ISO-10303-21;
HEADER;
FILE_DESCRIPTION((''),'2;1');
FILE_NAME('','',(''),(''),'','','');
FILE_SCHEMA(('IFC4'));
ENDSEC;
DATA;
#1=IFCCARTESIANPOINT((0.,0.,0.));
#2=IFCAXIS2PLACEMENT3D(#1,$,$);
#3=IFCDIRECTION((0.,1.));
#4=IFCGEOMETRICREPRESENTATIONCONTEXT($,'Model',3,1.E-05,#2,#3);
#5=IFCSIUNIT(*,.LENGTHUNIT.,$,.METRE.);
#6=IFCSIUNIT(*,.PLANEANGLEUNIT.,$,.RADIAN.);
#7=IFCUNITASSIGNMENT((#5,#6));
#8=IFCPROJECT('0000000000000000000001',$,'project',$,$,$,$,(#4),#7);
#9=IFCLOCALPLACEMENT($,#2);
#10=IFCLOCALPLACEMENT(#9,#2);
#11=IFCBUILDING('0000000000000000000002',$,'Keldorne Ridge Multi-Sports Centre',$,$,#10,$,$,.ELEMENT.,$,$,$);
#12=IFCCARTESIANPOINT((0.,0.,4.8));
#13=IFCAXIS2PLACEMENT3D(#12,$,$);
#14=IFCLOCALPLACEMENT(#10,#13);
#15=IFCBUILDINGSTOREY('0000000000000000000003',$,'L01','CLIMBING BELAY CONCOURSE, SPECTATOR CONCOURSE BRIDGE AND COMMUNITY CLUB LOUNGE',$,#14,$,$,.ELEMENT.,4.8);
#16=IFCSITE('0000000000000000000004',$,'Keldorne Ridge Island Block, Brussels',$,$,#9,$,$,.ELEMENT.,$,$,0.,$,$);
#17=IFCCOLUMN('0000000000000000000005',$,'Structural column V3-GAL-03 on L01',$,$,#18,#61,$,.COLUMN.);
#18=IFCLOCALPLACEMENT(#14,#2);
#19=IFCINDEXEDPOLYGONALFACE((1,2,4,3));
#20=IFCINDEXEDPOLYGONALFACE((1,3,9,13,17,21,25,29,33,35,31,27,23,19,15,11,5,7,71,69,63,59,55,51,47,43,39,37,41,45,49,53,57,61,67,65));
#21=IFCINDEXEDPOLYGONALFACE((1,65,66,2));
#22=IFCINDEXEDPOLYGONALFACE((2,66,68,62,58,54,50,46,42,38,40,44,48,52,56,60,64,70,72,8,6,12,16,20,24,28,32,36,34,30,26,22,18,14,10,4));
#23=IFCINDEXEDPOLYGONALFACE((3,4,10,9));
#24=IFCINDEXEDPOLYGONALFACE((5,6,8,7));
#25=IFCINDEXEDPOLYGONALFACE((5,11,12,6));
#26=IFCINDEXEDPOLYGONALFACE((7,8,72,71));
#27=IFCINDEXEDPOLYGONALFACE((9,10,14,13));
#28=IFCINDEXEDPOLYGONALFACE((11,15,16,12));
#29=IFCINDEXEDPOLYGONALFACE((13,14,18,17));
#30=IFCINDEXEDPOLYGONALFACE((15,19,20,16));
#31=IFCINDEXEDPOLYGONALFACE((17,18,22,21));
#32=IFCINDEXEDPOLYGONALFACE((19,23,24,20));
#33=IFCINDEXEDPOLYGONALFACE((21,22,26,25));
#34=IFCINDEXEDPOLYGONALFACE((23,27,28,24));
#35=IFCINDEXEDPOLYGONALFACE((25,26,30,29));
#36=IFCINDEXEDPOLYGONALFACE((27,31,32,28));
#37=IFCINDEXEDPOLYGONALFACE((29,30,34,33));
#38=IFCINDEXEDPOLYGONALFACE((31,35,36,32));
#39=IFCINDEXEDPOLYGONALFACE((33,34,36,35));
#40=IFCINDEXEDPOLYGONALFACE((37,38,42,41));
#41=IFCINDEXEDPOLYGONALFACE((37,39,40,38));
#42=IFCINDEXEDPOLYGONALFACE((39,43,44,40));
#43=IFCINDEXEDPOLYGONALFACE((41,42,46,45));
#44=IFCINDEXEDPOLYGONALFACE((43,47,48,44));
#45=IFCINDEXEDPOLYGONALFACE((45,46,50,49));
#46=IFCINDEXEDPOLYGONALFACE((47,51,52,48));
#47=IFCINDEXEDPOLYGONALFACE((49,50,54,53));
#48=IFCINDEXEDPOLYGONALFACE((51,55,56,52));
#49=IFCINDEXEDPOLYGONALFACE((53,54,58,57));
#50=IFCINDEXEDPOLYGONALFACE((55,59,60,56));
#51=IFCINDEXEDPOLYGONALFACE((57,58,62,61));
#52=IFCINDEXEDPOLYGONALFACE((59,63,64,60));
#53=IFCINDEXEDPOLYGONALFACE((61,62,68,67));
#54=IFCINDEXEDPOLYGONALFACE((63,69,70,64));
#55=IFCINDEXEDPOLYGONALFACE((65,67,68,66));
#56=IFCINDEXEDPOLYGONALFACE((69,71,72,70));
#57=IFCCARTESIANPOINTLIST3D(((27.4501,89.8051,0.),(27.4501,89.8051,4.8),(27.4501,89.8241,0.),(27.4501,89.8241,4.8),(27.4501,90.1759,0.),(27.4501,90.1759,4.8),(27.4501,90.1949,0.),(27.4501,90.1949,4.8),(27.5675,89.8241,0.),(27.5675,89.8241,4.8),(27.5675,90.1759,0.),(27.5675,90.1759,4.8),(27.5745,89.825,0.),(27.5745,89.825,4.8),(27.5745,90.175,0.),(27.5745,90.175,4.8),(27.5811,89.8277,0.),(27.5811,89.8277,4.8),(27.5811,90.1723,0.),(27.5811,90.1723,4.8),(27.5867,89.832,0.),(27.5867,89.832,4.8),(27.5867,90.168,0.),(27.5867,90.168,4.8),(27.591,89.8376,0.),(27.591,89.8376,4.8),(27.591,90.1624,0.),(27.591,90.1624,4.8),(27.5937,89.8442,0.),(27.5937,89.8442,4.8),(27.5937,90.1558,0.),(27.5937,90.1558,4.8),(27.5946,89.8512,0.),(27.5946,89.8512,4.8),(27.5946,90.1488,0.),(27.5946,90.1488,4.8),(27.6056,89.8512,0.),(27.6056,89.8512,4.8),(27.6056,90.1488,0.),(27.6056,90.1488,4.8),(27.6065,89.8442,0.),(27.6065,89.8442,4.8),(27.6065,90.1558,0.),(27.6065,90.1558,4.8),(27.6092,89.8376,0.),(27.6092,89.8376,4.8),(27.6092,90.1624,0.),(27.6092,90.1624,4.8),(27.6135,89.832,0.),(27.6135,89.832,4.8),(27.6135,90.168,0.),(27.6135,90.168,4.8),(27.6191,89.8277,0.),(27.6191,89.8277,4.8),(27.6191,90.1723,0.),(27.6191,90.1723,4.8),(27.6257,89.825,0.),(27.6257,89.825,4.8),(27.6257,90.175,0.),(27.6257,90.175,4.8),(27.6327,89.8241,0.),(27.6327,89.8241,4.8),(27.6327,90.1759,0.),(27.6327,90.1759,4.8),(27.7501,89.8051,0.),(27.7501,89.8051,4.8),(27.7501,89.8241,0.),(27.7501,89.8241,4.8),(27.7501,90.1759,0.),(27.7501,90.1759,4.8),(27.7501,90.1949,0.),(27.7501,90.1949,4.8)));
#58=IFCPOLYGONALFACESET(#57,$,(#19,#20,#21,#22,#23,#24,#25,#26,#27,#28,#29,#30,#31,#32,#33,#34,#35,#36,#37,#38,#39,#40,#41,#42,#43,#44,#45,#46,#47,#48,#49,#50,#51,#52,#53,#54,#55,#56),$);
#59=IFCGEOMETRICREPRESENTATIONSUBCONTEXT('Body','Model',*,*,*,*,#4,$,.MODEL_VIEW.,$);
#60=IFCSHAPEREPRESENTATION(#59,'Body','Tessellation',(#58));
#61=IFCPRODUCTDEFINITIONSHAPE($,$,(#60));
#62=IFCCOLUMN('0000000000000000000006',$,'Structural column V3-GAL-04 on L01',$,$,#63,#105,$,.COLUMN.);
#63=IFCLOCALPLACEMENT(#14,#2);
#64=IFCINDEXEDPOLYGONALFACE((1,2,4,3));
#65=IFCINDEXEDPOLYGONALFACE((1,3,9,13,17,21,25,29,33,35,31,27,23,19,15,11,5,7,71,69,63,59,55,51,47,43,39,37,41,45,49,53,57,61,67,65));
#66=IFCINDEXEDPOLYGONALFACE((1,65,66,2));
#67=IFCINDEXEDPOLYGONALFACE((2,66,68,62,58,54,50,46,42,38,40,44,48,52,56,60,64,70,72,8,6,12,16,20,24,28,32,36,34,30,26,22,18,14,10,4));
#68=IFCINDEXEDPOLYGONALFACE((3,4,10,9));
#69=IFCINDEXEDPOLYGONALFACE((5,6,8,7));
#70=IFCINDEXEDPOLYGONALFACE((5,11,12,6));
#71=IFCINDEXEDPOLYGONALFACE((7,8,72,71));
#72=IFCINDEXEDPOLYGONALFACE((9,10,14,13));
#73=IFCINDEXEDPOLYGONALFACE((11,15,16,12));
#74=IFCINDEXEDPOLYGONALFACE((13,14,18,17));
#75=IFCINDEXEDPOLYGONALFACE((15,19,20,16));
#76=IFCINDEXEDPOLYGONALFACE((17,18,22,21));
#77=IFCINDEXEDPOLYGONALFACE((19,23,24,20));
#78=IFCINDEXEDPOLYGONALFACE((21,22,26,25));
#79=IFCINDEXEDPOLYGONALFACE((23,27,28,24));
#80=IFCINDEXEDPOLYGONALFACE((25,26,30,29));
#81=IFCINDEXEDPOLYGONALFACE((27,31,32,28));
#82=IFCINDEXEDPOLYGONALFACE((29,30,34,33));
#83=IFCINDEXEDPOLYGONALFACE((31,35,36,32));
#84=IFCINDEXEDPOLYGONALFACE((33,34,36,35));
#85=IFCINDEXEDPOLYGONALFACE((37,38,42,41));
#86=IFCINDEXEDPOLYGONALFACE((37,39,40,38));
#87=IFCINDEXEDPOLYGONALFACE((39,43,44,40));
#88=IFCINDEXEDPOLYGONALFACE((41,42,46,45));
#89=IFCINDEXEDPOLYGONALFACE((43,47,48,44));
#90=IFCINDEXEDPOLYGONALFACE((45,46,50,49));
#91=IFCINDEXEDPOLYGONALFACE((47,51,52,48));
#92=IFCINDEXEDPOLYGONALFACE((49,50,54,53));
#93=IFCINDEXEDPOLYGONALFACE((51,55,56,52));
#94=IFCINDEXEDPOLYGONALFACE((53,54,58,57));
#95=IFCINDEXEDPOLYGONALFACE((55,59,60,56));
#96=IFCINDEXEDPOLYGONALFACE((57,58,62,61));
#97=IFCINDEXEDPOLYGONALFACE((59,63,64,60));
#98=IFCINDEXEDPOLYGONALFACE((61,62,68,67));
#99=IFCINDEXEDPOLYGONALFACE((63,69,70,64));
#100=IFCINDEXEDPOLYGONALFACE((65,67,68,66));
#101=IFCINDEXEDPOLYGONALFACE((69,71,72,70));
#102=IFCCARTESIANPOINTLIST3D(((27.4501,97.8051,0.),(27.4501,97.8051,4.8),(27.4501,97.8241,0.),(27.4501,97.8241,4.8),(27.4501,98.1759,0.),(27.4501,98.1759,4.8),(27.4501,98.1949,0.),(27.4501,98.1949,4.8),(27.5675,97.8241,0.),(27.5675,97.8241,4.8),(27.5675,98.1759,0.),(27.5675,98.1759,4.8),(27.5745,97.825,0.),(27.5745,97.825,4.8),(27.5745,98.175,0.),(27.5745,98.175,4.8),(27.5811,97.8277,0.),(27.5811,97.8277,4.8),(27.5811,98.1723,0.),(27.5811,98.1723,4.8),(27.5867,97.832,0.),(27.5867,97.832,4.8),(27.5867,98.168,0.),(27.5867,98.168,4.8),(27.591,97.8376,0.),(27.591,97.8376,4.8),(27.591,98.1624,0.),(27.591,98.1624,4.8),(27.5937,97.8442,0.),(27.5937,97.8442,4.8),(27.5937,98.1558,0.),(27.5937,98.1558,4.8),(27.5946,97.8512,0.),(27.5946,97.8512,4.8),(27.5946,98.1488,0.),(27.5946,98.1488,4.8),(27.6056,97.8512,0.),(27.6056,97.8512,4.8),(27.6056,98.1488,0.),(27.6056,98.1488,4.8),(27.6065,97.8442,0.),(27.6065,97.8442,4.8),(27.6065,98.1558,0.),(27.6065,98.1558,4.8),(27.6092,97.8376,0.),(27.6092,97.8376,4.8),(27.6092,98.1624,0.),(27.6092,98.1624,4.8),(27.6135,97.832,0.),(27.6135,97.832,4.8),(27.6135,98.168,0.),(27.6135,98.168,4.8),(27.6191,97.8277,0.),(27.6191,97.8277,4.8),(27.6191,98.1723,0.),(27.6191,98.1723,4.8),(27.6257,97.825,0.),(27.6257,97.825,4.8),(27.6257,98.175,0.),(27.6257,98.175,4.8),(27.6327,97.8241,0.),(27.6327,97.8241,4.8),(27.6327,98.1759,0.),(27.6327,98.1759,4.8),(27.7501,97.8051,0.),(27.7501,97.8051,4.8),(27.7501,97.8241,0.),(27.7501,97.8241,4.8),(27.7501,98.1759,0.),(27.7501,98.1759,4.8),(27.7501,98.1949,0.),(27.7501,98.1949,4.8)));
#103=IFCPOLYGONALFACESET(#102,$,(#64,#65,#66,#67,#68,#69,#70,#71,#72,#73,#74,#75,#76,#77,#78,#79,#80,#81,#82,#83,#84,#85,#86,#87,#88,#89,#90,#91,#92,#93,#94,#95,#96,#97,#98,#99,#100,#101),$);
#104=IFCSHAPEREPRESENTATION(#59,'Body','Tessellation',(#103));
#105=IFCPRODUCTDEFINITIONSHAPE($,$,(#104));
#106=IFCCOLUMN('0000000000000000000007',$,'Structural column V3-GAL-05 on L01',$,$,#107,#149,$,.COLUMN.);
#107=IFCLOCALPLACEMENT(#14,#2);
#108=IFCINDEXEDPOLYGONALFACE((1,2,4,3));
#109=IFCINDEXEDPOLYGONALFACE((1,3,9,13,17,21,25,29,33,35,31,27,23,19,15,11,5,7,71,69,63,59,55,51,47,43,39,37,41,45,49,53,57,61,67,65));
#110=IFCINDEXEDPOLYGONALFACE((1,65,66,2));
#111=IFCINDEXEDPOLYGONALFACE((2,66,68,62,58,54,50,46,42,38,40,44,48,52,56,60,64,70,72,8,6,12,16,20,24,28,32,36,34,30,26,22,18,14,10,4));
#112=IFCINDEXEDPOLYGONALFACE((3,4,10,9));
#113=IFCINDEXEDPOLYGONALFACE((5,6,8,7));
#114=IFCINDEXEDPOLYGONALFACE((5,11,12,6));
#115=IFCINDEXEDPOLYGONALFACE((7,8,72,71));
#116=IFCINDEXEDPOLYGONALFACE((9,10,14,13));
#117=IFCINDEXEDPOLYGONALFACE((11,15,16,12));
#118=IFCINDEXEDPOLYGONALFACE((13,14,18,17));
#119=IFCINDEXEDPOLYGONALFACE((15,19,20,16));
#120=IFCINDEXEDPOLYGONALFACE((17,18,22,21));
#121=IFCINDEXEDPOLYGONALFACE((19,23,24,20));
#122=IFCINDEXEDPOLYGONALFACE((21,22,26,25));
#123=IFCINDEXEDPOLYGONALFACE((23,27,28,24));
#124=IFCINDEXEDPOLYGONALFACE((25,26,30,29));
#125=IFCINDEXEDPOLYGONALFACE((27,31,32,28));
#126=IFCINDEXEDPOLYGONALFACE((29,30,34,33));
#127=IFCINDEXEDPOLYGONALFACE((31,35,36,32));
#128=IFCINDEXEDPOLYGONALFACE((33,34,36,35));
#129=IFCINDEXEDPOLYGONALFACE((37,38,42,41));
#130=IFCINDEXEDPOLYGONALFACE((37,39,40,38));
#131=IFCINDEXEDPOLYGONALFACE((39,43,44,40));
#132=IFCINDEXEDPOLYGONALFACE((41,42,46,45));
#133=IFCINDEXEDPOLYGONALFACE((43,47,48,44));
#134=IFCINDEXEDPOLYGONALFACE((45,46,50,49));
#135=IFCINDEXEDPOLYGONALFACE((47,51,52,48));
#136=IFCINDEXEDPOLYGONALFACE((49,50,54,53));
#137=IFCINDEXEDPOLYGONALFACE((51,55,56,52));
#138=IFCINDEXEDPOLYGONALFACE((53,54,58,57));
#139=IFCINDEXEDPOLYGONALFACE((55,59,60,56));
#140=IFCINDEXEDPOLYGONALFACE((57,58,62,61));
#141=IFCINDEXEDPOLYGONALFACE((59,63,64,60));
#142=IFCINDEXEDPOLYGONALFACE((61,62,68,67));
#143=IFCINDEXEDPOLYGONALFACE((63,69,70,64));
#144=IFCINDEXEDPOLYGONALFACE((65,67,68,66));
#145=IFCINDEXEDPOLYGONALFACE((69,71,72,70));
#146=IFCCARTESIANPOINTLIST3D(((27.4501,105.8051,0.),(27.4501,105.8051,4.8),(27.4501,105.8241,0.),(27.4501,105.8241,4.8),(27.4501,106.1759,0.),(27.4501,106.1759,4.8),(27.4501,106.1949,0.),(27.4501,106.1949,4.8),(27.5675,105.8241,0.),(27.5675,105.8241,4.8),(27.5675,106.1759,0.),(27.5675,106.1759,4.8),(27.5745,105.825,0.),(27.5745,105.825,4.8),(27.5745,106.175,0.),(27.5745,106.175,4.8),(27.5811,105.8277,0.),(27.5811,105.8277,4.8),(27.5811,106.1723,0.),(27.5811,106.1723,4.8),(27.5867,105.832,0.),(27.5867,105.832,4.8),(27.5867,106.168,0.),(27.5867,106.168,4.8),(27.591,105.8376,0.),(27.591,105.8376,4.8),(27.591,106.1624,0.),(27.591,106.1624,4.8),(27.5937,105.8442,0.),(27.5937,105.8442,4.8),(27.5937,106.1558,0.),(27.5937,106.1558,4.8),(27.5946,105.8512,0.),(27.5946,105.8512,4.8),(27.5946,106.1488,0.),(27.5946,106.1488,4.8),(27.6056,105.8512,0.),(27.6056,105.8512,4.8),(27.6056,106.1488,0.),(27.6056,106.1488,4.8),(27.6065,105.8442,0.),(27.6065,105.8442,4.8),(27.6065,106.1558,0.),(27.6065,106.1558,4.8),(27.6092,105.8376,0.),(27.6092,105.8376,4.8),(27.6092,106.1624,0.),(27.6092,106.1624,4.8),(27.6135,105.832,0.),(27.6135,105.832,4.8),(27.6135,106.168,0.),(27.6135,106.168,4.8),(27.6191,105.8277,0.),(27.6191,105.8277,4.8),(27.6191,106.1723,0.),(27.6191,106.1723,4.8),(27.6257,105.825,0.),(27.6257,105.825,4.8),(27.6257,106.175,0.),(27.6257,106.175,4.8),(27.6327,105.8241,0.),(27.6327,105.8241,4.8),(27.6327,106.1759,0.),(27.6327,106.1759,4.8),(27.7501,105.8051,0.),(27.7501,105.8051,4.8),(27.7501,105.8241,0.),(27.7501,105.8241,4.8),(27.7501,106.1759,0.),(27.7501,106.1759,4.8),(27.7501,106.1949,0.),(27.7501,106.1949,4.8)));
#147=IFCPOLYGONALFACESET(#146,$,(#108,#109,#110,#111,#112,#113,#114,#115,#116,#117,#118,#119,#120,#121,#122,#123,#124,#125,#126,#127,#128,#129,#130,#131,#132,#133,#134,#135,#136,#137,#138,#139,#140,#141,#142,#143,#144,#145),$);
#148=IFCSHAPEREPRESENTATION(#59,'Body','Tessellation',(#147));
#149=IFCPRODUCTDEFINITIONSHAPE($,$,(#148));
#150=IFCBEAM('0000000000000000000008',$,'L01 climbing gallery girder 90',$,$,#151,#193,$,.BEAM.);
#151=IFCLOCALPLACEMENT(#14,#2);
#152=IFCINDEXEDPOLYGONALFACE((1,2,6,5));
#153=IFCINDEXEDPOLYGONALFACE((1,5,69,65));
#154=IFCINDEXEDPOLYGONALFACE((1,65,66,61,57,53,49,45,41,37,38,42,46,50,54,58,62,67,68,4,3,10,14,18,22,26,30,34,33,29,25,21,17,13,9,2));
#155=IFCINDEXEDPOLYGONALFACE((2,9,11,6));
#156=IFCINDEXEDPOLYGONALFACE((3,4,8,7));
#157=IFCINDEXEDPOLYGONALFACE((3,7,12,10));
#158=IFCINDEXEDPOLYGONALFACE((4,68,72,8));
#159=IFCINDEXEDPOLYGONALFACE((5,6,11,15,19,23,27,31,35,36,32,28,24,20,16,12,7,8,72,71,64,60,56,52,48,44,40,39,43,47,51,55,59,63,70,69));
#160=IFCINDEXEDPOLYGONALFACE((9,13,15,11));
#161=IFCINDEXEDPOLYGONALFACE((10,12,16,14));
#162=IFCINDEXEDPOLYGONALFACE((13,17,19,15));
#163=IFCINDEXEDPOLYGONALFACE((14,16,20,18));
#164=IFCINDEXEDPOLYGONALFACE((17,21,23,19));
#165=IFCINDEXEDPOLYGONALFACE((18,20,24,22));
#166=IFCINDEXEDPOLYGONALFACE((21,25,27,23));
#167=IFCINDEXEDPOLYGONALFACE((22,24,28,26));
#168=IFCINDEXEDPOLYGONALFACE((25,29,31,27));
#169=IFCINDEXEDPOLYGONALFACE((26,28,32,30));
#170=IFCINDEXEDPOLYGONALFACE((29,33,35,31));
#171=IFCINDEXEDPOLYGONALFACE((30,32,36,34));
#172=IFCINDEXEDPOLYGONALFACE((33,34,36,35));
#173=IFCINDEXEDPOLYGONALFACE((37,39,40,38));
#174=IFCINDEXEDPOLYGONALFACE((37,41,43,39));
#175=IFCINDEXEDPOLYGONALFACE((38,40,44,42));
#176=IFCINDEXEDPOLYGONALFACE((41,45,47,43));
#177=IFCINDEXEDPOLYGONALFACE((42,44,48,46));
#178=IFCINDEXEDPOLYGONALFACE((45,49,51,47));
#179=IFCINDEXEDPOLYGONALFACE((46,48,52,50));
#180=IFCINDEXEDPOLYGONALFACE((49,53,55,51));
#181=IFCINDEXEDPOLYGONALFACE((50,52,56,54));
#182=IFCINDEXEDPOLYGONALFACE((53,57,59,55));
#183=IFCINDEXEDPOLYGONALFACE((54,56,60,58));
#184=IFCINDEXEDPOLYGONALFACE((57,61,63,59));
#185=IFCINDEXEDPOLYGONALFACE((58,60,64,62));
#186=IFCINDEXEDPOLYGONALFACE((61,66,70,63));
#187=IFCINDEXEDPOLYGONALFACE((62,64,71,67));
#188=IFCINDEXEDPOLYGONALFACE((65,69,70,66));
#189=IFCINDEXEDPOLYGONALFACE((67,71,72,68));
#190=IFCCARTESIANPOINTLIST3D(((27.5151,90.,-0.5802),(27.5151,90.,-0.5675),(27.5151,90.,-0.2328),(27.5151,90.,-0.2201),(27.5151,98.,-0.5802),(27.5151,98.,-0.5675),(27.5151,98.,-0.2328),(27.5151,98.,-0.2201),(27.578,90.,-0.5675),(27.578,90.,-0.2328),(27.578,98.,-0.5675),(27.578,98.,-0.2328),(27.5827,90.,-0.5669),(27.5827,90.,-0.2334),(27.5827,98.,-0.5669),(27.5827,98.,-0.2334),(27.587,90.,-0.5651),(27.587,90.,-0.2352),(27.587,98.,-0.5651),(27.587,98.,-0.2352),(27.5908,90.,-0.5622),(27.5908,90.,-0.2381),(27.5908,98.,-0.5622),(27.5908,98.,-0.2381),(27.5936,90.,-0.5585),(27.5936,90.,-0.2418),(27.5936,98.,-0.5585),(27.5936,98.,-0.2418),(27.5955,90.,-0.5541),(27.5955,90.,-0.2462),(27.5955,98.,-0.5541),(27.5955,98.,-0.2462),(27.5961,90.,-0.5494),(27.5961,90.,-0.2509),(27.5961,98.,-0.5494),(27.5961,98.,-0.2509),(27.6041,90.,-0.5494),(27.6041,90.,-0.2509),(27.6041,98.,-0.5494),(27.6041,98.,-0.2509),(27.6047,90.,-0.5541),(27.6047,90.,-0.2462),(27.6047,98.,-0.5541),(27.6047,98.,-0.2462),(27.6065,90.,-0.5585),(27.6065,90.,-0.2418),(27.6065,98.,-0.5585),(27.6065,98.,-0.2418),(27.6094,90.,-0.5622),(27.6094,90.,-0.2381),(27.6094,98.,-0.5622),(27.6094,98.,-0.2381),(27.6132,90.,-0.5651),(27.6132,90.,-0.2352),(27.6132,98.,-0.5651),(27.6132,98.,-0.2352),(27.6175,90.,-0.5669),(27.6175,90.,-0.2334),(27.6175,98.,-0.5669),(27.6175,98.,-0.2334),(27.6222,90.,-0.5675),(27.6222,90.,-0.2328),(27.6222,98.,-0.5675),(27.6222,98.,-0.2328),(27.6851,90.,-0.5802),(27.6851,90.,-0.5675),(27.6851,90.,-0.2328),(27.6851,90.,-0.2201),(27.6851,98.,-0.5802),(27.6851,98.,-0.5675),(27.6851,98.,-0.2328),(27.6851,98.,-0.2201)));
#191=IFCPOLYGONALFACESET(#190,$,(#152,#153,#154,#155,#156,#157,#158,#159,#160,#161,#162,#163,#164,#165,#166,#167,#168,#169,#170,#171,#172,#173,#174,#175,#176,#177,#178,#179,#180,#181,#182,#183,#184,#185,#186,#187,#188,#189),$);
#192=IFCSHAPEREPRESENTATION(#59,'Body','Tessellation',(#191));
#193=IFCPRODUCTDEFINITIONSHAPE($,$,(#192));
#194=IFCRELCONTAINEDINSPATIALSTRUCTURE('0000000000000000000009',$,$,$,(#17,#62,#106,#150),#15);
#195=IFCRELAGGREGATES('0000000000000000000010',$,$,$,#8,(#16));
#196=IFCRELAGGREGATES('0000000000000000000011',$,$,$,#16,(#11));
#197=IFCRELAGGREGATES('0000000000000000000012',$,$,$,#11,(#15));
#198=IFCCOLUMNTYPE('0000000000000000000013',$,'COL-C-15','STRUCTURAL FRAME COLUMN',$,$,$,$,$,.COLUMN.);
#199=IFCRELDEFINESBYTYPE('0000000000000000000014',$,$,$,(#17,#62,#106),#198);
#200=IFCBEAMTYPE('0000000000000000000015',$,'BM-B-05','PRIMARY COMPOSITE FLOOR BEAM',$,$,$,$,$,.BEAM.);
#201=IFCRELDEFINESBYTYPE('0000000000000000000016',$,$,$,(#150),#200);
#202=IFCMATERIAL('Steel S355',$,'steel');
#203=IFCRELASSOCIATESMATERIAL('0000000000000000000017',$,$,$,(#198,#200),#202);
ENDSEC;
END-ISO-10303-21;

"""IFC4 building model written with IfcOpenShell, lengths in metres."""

from ifc_helpers import new_model, si_unit, direction, frame, origin, origin_2d, place, context, subcontext, project, spatial, i_section, extrude, material, material_profile, profile_set, type_object, element, save


model = new_model("IFC4")

# Units and contexts
model_context = context("Model", 3, precision=1e-05, world=origin(), true_north=direction((0.0, 1.0)))
body_context = subcontext(model_context, "Body", "Model", "MODEL_VIEW")
ifc_project = project(units=[si_unit("LENGTHUNIT", "METRE"), si_unit("PLANEANGLEUNIT", "RADIAN")], contexts=[model_context])

# Site, building, storey
site_placement = place(None, origin())
site = spatial("IfcSite", under=ifc_project, at=site_placement, Name="Keldorne Ridge Island Block, Brussels", CompositionType="ELEMENT", RefElevation=0.0)
building_placement = place(site_placement, origin())
building = spatial("IfcBuilding", under=site, at=building_placement, Name="Keldorne Ridge Multi-Sports Centre", CompositionType="ELEMENT")
storey_placement = place(building_placement, frame((0.0, 0.0, 4.8)))
storey = spatial("IfcBuildingStorey", under=building, at=storey_placement, Name="L01", Description="CLIMBING BELAY CONCOURSE, SPECTATOR CONCOURSE BRIDGE AND COMMUNITY CLUB LOUNGE", CompositionType="ELEMENT", Elevation=4.8)

# Columns
ifc_material_1 = material(Name="Steel S355", Category="steel")
ifc_material_profile_1 = material_profile(ifc_material_1, i_section(OverallWidth=0.3, OverallDepth=0.3899, WebThickness=0.011, FlangeThickness=0.019, FilletRadius=0.0271, at=origin_2d()), Name="HEA 400")
ifc_profile_set_1 = profile_set([ifc_material_profile_1], Name="Steel S355")
column_type_1 = type_object("IfcColumnType", Name="COL-C-15", Description="STRUCTURAL FRAME COLUMN", PredefinedType="COLUMN", material=ifc_profile_set_1)
for number, where, z_axis, x_axis, name in (
    (1, (27.6001, 90.0, 0.0), (0.0, 0.0, 1.0), (1.0, 0.0, 0.0), "Structural column V3-GAL-03 on L01"),
    (2, (27.6001, 98.0, 0.0), (0.0, 0.0, 1.0), (1.0, 0.0, 0.0), "Structural column V3-GAL-04 on L01"),
    (3, (27.6001, 106.0, 0.0), (0.0, 0.0, 1.0), (1.0, 0.0, 0.0), "Structural column V3-GAL-05 on L01"),
):
    element("IfcColumn", number, at=place(storey_placement, frame(where, z_axis=z_axis, x_axis=x_axis)), inside=storey, type_object=column_type_1, Name=name, PredefinedType="COLUMN", context=body_context, shape_type="SweptSolid", body=[
        extrude(i_section(OverallWidth=0.3, OverallDepth=0.3899, WebThickness=0.011, FlangeThickness=0.019, FilletRadius=0.0271, at=origin_2d()), origin(), (0.0, 0.0, 1.0), 4.8),
    ])

# Beam
ifc_material_profile_2 = material_profile(ifc_material_1, i_section(OverallWidth=0.1699, OverallDepth=0.3601, WebThickness=0.0081, FlangeThickness=0.0127, FilletRadius=0.0181, at=origin_2d()), Name="IPE 360")
ifc_profile_set_2 = profile_set([ifc_material_profile_2], Name="Steel S355")
beam_type_1 = type_object("IfcBeamType", Name="BM-B-05", Description="PRIMARY COMPOSITE FLOOR BEAM", PredefinedType="BEAM", material=ifc_profile_set_2)
for number, where, z_axis, x_axis, name in (
    (4, (27.6001, 90.0, -0.4001), (0.0, 1.0, 0.0), (-1.0, 0.0, 0.0), "L01 climbing gallery girder 90"),
):
    element("IfcBeam", number, at=place(storey_placement, frame(where, z_axis=z_axis, x_axis=x_axis)), inside=storey, type_object=beam_type_1, Name=name, PredefinedType="BEAM", context=body_context, shape_type="SweptSolid", body=[
        extrude(i_section(OverallWidth=0.1699, OverallDepth=0.3601, WebThickness=0.0081, FlangeThickness=0.0127, FilletRadius=0.0181, at=origin_2d()), origin(), (0.0, 0.0, 1.0), 8.0),
    ])

save(model, "model.ifc")
